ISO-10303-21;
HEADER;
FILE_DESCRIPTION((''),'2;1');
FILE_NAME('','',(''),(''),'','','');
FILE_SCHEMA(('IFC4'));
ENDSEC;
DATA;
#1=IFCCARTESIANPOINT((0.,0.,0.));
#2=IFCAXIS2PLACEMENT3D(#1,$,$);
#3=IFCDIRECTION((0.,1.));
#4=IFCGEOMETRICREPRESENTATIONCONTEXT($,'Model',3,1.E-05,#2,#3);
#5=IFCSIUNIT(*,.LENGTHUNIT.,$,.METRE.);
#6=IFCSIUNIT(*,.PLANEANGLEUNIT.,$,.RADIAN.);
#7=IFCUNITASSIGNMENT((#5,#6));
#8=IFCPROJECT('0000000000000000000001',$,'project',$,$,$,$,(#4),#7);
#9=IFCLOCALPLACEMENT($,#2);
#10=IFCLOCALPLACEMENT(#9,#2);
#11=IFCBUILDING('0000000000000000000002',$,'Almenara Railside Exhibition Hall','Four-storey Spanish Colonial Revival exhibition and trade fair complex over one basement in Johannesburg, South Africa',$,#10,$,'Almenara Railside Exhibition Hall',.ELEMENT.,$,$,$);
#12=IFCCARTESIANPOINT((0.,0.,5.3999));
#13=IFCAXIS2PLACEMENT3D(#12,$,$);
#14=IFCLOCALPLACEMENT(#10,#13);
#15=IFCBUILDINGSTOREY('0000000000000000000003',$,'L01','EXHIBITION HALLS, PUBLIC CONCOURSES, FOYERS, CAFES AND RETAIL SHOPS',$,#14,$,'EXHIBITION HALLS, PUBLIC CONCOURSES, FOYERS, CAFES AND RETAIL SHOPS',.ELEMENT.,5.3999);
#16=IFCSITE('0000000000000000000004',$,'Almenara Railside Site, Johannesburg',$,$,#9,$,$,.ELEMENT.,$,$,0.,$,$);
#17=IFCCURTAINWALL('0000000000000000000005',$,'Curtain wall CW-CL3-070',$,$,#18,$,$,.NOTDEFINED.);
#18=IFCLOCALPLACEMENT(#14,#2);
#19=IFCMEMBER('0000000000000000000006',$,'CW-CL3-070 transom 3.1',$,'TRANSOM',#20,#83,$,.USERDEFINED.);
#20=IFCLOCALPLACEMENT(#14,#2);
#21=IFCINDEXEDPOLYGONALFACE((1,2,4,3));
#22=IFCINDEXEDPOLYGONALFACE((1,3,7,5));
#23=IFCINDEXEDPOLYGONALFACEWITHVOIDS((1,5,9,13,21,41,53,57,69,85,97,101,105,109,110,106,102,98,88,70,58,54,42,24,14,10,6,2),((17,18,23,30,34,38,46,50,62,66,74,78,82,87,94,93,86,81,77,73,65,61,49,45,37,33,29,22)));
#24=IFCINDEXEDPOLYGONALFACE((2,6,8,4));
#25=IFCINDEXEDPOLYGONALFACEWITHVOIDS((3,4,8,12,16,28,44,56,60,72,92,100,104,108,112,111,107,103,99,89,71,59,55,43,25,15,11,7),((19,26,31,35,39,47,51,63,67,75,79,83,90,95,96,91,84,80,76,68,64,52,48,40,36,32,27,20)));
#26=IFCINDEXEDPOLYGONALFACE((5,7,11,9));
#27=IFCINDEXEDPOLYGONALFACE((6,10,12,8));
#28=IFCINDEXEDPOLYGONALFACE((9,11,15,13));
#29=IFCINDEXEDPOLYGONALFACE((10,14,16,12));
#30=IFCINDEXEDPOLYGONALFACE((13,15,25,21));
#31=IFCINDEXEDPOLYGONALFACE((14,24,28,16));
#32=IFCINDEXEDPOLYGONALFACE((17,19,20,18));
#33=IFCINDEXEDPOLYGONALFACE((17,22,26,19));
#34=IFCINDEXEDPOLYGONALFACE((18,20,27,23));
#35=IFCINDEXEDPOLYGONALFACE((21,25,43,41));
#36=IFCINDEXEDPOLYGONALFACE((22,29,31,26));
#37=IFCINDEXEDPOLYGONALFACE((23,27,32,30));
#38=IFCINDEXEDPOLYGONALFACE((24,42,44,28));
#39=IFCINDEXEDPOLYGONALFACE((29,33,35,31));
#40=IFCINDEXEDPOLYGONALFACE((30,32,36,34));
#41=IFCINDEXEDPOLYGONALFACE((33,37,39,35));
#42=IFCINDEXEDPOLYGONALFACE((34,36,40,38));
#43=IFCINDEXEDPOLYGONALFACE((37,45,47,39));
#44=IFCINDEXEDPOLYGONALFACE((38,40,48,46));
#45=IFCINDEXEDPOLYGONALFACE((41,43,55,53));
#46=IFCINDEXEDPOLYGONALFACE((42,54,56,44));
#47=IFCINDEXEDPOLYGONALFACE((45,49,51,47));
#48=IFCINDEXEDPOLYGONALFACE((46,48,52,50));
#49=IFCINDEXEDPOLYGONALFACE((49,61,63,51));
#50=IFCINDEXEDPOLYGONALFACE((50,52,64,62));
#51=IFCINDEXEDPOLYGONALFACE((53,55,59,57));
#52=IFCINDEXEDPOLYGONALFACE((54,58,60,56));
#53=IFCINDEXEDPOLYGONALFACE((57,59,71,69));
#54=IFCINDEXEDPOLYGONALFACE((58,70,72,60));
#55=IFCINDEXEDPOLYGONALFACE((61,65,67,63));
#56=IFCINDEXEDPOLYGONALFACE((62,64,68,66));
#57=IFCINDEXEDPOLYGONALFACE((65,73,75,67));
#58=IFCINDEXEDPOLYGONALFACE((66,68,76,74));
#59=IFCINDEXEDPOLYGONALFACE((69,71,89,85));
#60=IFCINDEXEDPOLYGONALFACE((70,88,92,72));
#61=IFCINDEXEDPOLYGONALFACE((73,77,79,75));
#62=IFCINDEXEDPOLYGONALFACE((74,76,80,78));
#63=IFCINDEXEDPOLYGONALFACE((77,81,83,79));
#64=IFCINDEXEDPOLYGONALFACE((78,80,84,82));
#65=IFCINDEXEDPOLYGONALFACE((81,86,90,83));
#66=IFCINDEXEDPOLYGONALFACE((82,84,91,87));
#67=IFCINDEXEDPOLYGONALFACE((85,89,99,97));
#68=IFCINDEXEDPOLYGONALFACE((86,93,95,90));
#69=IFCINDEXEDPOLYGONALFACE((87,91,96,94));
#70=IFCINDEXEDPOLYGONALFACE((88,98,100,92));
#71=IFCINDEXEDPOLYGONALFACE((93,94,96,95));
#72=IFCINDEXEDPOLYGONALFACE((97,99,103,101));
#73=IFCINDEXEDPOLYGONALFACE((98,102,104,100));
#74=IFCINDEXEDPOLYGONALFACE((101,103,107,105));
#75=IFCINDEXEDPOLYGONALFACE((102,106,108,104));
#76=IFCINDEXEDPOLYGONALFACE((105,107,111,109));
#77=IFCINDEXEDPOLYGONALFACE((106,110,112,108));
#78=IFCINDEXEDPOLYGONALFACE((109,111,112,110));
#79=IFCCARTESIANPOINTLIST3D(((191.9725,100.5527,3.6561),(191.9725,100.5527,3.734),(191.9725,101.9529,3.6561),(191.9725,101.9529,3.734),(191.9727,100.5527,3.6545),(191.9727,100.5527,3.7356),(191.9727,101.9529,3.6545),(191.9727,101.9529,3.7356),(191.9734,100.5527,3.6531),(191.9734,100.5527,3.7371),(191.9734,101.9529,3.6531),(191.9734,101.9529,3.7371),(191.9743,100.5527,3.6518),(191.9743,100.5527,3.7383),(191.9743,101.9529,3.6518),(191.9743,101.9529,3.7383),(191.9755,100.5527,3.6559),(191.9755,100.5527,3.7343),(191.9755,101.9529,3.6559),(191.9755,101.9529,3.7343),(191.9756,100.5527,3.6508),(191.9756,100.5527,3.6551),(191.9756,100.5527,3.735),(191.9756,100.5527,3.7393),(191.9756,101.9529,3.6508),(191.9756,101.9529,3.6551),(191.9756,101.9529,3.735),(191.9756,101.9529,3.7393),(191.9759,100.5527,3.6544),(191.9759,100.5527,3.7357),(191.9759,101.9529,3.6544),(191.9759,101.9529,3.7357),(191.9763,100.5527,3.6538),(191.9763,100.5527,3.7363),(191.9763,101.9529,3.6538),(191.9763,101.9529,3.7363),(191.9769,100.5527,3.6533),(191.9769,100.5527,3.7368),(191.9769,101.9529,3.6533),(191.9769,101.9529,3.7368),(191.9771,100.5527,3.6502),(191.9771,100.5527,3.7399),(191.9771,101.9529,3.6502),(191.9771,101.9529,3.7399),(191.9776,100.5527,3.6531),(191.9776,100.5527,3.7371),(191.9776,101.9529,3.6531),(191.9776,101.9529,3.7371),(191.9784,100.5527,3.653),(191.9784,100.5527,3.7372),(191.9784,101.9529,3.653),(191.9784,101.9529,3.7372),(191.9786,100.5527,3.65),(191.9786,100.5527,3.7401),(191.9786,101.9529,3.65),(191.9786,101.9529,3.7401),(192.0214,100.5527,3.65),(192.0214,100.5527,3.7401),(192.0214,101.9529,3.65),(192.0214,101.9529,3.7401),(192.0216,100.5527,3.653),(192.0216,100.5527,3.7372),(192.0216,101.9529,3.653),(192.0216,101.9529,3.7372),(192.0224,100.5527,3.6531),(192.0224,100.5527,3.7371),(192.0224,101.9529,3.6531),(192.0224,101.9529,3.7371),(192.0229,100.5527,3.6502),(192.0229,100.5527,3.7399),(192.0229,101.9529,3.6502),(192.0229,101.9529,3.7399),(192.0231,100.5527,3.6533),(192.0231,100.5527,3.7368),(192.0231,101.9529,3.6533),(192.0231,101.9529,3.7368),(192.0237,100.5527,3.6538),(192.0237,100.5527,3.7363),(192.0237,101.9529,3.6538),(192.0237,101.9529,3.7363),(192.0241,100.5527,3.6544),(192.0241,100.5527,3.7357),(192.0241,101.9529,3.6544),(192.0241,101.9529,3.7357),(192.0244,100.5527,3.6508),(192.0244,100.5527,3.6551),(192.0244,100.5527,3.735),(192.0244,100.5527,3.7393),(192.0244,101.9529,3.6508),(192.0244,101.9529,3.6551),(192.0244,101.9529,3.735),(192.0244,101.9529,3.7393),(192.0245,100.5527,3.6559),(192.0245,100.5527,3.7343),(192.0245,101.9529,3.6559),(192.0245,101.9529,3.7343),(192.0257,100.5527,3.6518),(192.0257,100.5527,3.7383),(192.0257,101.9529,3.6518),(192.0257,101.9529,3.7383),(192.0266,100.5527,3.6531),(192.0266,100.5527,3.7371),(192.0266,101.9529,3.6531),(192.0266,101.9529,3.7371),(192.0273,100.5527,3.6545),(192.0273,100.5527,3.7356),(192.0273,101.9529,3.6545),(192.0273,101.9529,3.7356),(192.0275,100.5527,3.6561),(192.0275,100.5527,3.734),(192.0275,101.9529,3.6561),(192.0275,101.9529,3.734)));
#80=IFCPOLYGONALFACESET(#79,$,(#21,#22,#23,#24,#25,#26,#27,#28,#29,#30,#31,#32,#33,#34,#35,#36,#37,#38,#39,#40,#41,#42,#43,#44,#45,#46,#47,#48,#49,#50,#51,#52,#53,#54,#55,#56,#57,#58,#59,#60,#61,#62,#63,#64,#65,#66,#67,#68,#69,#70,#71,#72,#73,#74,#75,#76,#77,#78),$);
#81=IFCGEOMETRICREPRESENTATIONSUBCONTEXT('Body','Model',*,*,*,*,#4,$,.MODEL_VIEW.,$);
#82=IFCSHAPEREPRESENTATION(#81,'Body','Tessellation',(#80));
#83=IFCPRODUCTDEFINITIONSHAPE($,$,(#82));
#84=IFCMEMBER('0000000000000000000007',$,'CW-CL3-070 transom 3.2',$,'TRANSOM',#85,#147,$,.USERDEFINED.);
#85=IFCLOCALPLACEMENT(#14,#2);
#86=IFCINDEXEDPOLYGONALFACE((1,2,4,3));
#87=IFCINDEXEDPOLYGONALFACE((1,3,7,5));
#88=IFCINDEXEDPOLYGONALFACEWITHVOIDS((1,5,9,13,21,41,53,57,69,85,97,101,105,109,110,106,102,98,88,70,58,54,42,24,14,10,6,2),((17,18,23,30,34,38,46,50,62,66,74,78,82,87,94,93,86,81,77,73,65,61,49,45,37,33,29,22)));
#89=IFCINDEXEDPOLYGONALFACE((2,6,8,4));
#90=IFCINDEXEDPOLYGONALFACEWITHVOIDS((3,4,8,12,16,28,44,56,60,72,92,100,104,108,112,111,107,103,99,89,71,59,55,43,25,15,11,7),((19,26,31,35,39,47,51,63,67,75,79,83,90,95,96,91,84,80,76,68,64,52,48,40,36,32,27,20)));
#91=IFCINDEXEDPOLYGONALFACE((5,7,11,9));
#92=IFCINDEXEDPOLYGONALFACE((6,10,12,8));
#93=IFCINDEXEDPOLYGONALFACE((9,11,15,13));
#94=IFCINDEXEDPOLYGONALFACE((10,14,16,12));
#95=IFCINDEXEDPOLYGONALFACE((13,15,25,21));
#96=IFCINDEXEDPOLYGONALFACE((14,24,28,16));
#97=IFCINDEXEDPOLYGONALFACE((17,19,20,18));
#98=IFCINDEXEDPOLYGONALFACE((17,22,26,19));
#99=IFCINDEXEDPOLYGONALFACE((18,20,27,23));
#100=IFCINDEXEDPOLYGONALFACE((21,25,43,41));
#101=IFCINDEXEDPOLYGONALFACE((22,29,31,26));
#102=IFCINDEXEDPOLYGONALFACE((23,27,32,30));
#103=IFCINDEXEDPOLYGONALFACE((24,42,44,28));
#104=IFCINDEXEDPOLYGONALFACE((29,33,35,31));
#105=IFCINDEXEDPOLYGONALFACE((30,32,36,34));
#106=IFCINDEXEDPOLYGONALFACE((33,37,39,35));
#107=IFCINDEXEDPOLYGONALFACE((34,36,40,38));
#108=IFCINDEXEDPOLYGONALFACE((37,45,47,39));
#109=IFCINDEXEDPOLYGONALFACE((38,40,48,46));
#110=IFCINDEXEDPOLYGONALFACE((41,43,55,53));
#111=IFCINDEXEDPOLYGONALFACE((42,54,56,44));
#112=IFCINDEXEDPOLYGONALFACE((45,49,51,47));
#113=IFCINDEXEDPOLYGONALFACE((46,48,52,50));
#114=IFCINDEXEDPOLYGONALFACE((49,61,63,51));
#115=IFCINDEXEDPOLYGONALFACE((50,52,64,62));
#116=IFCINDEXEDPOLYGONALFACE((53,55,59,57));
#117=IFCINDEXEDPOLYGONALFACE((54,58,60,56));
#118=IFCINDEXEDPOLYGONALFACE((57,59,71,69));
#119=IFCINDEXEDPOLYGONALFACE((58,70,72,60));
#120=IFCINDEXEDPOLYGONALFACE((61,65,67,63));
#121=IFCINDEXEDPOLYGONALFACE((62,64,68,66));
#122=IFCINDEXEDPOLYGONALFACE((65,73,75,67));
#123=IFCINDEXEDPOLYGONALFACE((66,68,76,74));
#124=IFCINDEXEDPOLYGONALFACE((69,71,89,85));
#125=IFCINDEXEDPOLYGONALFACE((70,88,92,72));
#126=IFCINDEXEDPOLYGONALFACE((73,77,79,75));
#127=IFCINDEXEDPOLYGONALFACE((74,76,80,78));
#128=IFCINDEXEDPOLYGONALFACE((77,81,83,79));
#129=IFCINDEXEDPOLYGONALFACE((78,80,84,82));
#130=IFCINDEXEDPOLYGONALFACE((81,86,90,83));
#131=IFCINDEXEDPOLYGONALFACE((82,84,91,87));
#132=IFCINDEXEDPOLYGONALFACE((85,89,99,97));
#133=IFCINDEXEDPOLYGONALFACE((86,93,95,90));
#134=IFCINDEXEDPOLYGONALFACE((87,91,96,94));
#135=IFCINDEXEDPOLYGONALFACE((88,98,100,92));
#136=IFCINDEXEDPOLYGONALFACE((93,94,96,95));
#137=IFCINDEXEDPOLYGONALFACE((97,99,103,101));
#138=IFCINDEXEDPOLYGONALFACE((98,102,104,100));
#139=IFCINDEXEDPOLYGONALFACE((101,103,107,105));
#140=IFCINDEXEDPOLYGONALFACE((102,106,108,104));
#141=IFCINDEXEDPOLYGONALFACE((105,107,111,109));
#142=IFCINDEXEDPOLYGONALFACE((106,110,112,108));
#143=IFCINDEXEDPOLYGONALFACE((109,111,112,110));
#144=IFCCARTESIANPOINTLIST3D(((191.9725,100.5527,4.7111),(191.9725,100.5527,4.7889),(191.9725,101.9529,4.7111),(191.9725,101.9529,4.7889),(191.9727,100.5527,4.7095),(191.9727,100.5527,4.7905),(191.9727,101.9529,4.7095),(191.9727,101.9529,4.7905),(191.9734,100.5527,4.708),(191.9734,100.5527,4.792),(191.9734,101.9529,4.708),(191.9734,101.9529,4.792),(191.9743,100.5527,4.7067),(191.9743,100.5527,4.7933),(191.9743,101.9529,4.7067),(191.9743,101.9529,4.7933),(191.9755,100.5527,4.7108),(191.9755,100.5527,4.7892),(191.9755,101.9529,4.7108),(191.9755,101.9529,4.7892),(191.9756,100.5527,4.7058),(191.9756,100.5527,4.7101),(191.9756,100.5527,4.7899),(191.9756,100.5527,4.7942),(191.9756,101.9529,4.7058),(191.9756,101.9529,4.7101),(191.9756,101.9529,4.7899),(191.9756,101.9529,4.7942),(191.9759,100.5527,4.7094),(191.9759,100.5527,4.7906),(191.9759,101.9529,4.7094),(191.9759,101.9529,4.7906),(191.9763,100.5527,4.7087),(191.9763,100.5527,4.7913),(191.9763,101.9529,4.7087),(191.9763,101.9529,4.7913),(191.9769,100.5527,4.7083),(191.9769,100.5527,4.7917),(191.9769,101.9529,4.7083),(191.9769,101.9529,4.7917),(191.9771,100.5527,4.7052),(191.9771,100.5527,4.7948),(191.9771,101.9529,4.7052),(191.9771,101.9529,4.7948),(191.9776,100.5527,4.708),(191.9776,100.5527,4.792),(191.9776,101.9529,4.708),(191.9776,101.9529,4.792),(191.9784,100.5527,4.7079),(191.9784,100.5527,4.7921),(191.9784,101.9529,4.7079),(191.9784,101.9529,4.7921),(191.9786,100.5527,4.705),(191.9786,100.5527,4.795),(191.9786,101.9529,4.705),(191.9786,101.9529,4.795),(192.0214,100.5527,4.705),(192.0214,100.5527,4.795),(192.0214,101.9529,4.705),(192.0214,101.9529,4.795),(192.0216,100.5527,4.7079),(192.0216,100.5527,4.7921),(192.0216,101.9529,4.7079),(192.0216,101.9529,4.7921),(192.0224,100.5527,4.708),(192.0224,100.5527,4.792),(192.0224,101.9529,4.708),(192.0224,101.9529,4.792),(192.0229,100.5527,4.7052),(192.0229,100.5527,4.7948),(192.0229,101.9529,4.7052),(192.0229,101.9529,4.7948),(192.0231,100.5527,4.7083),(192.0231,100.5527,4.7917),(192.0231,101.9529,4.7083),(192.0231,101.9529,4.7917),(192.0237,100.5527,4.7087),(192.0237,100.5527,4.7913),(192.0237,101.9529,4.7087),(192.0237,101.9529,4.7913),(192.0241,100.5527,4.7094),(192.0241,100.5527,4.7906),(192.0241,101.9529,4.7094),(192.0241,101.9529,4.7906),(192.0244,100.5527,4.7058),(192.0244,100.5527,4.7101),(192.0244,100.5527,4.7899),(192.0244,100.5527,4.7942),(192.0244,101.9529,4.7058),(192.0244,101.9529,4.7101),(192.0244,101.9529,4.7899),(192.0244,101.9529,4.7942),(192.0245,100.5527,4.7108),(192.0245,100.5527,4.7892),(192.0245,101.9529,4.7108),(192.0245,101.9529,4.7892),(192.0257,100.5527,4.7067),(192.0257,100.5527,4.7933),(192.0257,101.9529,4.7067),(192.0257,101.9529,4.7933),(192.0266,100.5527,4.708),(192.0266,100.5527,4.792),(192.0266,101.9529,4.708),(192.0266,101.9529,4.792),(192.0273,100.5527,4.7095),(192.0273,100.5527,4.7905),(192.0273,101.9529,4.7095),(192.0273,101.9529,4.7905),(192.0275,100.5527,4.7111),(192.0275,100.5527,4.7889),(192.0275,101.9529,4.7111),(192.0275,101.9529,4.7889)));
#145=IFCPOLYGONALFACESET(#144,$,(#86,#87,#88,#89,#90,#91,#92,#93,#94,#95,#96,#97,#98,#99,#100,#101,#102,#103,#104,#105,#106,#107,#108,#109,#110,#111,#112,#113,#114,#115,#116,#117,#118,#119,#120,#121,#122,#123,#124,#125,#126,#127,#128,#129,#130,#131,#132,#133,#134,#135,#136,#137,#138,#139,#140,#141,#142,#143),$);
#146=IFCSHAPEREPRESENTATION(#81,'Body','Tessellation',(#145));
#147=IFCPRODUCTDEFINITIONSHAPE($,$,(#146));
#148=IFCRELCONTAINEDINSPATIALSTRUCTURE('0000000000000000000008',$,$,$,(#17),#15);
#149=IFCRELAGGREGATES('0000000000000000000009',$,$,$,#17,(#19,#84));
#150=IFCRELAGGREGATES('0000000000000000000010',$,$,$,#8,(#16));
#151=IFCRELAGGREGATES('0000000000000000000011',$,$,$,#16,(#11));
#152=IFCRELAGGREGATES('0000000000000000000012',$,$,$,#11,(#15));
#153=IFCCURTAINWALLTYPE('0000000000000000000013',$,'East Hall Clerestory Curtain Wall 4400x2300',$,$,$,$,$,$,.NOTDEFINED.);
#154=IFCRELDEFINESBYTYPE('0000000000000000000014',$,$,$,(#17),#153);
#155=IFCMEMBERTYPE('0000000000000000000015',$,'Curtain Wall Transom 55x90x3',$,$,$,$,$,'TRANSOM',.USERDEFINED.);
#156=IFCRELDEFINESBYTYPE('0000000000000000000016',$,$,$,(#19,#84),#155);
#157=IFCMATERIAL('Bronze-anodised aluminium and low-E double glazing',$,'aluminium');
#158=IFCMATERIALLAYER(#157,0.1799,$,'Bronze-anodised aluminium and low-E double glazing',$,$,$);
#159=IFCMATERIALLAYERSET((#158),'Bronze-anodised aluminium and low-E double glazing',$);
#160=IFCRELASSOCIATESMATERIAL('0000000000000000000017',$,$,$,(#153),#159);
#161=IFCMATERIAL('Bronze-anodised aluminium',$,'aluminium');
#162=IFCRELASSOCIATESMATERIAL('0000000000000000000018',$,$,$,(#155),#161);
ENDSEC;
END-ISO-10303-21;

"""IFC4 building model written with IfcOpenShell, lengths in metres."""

from ifc_helpers import new_model, si_unit, direction, frame, origin, origin_2d, place, context, subcontext, project, spatial, hollow_rectangle, extrude, material, layer, layer_set, material_profile, profile_set, type_object, element, aggregate, save


model = new_model("IFC4")

# Units and contexts
model_context = context("Model", 3, precision=1e-05, world=origin(), true_north=direction((0.0, 1.0)))
body_context = subcontext(model_context, "Body", "Model", "MODEL_VIEW")
ifc_project = project(units=[si_unit("LENGTHUNIT", "METRE"), si_unit("PLANEANGLEUNIT", "RADIAN")], contexts=[model_context])

# Site, building, storey
site_placement = place(None, origin())
site = spatial("IfcSite", under=ifc_project, at=site_placement, Name="Almenara Railside Site, Johannesburg", CompositionType="ELEMENT", RefElevation=0.0)
building_placement = place(site_placement, origin())
building = spatial("IfcBuilding", under=site, at=building_placement, Name="Almenara Railside Exhibition Hall", Description="Four-storey Spanish Colonial Revival exhibition and trade fair complex over one basement in Johannesburg, South Africa", LongName="Almenara Railside Exhibition Hall", CompositionType="ELEMENT")
storey_placement = place(building_placement, frame((0.0, 0.0, 5.3999)))
storey = spatial("IfcBuildingStorey", under=building, at=storey_placement, Name="L01", Description="EXHIBITION HALLS, PUBLIC CONCOURSES, FOYERS, CAFES AND RETAIL SHOPS", LongName="EXHIBITION HALLS, PUBLIC CONCOURSES, FOYERS, CAFES AND RETAIL SHOPS", CompositionType="ELEMENT", Elevation=5.3999)

# Curtain wall
ifc_material_1 = material(Name="Bronze-anodised aluminium and low-E double glazing", Category="aluminium")
ifc_layer_1 = layer(ifc_material_1, 0.1799, Name="Bronze-anodised aluminium and low-E double glazing")
ifc_layer_set_1 = layer_set([ifc_layer_1], Name="Bronze-anodised aluminium and low-E double glazing")
curtain_wall_type = type_object("IfcCurtainWallType", Name="East Hall Clerestory Curtain Wall 4400x2300", PredefinedType="NOTDEFINED", material=ifc_layer_set_1)
curtain_wall_1_placement = place(storey_placement, origin())
curtain_wall_1 = element("IfcCurtainWall", 1, at=curtain_wall_1_placement, inside=storey, type_object=curtain_wall_type, Name="Curtain wall CW-CL3-070", PredefinedType="NOTDEFINED")
ifc_material_2 = material(Name="Bronze-anodised aluminium", Category="aluminium")

# Members
ifc_material_profile_1 = material_profile(ifc_material_2, hollow_rectangle(XDim=0.0549, YDim=0.0901, WallThickness=0.0029, InnerFilletRadius=0.0029, OuterFilletRadius=0.0061, at=origin_2d()), Name="ALU-TRN 55x90x3")
ifc_profile_set_1 = profile_set([ifc_material_profile_1], Name="Bronze-anodised aluminium")
member_type_1 = type_object("IfcMemberType", Name="Curtain Wall Transom 55x90x3", ElementType="TRANSOM", PredefinedType="USERDEFINED", material=ifc_profile_set_1)
member_1_placement = place(storey_placement, frame((192.0, 100.5527, 3.6951), z_axis=(0.0, 1.0, 0.0), x_axis=(-1.0, 0.0, 0.0)))
member_1 = element("IfcMember", 2, at=member_1_placement, type_object=member_type_1, Name="CW-CL3-070 transom 3.1", ObjectType="TRANSOM", PredefinedType="USERDEFINED", context=body_context, shape_type="SweptSolid", body=[
    extrude(hollow_rectangle(XDim=0.0549, YDim=0.0901, WallThickness=0.0029, InnerFilletRadius=0.0029, OuterFilletRadius=0.0061, at=origin_2d()), origin(), (0.0, 0.0, 1.0), 1.4001),
])
member_2_placement = place(storey_placement, frame((192.0, 100.5527, 4.75), z_axis=(0.0, 1.0, 0.0), x_axis=(-1.0, 0.0, 0.0)))
member_2 = element("IfcMember", 3, at=member_2_placement, type_object=member_type_1, Name="CW-CL3-070 transom 3.2", ObjectType="TRANSOM", PredefinedType="USERDEFINED", context=body_context, shape_type="SweptSolid", body=[
    extrude(hollow_rectangle(XDim=0.0549, YDim=0.0901, WallThickness=0.0029, InnerFilletRadius=0.0029, OuterFilletRadius=0.0061, at=origin_2d()), origin(), (0.0, 0.0, 1.0), 1.4001),
])

aggregate(curtain_wall_1, [member_1, member_2])

save(model, "model.ifc")
